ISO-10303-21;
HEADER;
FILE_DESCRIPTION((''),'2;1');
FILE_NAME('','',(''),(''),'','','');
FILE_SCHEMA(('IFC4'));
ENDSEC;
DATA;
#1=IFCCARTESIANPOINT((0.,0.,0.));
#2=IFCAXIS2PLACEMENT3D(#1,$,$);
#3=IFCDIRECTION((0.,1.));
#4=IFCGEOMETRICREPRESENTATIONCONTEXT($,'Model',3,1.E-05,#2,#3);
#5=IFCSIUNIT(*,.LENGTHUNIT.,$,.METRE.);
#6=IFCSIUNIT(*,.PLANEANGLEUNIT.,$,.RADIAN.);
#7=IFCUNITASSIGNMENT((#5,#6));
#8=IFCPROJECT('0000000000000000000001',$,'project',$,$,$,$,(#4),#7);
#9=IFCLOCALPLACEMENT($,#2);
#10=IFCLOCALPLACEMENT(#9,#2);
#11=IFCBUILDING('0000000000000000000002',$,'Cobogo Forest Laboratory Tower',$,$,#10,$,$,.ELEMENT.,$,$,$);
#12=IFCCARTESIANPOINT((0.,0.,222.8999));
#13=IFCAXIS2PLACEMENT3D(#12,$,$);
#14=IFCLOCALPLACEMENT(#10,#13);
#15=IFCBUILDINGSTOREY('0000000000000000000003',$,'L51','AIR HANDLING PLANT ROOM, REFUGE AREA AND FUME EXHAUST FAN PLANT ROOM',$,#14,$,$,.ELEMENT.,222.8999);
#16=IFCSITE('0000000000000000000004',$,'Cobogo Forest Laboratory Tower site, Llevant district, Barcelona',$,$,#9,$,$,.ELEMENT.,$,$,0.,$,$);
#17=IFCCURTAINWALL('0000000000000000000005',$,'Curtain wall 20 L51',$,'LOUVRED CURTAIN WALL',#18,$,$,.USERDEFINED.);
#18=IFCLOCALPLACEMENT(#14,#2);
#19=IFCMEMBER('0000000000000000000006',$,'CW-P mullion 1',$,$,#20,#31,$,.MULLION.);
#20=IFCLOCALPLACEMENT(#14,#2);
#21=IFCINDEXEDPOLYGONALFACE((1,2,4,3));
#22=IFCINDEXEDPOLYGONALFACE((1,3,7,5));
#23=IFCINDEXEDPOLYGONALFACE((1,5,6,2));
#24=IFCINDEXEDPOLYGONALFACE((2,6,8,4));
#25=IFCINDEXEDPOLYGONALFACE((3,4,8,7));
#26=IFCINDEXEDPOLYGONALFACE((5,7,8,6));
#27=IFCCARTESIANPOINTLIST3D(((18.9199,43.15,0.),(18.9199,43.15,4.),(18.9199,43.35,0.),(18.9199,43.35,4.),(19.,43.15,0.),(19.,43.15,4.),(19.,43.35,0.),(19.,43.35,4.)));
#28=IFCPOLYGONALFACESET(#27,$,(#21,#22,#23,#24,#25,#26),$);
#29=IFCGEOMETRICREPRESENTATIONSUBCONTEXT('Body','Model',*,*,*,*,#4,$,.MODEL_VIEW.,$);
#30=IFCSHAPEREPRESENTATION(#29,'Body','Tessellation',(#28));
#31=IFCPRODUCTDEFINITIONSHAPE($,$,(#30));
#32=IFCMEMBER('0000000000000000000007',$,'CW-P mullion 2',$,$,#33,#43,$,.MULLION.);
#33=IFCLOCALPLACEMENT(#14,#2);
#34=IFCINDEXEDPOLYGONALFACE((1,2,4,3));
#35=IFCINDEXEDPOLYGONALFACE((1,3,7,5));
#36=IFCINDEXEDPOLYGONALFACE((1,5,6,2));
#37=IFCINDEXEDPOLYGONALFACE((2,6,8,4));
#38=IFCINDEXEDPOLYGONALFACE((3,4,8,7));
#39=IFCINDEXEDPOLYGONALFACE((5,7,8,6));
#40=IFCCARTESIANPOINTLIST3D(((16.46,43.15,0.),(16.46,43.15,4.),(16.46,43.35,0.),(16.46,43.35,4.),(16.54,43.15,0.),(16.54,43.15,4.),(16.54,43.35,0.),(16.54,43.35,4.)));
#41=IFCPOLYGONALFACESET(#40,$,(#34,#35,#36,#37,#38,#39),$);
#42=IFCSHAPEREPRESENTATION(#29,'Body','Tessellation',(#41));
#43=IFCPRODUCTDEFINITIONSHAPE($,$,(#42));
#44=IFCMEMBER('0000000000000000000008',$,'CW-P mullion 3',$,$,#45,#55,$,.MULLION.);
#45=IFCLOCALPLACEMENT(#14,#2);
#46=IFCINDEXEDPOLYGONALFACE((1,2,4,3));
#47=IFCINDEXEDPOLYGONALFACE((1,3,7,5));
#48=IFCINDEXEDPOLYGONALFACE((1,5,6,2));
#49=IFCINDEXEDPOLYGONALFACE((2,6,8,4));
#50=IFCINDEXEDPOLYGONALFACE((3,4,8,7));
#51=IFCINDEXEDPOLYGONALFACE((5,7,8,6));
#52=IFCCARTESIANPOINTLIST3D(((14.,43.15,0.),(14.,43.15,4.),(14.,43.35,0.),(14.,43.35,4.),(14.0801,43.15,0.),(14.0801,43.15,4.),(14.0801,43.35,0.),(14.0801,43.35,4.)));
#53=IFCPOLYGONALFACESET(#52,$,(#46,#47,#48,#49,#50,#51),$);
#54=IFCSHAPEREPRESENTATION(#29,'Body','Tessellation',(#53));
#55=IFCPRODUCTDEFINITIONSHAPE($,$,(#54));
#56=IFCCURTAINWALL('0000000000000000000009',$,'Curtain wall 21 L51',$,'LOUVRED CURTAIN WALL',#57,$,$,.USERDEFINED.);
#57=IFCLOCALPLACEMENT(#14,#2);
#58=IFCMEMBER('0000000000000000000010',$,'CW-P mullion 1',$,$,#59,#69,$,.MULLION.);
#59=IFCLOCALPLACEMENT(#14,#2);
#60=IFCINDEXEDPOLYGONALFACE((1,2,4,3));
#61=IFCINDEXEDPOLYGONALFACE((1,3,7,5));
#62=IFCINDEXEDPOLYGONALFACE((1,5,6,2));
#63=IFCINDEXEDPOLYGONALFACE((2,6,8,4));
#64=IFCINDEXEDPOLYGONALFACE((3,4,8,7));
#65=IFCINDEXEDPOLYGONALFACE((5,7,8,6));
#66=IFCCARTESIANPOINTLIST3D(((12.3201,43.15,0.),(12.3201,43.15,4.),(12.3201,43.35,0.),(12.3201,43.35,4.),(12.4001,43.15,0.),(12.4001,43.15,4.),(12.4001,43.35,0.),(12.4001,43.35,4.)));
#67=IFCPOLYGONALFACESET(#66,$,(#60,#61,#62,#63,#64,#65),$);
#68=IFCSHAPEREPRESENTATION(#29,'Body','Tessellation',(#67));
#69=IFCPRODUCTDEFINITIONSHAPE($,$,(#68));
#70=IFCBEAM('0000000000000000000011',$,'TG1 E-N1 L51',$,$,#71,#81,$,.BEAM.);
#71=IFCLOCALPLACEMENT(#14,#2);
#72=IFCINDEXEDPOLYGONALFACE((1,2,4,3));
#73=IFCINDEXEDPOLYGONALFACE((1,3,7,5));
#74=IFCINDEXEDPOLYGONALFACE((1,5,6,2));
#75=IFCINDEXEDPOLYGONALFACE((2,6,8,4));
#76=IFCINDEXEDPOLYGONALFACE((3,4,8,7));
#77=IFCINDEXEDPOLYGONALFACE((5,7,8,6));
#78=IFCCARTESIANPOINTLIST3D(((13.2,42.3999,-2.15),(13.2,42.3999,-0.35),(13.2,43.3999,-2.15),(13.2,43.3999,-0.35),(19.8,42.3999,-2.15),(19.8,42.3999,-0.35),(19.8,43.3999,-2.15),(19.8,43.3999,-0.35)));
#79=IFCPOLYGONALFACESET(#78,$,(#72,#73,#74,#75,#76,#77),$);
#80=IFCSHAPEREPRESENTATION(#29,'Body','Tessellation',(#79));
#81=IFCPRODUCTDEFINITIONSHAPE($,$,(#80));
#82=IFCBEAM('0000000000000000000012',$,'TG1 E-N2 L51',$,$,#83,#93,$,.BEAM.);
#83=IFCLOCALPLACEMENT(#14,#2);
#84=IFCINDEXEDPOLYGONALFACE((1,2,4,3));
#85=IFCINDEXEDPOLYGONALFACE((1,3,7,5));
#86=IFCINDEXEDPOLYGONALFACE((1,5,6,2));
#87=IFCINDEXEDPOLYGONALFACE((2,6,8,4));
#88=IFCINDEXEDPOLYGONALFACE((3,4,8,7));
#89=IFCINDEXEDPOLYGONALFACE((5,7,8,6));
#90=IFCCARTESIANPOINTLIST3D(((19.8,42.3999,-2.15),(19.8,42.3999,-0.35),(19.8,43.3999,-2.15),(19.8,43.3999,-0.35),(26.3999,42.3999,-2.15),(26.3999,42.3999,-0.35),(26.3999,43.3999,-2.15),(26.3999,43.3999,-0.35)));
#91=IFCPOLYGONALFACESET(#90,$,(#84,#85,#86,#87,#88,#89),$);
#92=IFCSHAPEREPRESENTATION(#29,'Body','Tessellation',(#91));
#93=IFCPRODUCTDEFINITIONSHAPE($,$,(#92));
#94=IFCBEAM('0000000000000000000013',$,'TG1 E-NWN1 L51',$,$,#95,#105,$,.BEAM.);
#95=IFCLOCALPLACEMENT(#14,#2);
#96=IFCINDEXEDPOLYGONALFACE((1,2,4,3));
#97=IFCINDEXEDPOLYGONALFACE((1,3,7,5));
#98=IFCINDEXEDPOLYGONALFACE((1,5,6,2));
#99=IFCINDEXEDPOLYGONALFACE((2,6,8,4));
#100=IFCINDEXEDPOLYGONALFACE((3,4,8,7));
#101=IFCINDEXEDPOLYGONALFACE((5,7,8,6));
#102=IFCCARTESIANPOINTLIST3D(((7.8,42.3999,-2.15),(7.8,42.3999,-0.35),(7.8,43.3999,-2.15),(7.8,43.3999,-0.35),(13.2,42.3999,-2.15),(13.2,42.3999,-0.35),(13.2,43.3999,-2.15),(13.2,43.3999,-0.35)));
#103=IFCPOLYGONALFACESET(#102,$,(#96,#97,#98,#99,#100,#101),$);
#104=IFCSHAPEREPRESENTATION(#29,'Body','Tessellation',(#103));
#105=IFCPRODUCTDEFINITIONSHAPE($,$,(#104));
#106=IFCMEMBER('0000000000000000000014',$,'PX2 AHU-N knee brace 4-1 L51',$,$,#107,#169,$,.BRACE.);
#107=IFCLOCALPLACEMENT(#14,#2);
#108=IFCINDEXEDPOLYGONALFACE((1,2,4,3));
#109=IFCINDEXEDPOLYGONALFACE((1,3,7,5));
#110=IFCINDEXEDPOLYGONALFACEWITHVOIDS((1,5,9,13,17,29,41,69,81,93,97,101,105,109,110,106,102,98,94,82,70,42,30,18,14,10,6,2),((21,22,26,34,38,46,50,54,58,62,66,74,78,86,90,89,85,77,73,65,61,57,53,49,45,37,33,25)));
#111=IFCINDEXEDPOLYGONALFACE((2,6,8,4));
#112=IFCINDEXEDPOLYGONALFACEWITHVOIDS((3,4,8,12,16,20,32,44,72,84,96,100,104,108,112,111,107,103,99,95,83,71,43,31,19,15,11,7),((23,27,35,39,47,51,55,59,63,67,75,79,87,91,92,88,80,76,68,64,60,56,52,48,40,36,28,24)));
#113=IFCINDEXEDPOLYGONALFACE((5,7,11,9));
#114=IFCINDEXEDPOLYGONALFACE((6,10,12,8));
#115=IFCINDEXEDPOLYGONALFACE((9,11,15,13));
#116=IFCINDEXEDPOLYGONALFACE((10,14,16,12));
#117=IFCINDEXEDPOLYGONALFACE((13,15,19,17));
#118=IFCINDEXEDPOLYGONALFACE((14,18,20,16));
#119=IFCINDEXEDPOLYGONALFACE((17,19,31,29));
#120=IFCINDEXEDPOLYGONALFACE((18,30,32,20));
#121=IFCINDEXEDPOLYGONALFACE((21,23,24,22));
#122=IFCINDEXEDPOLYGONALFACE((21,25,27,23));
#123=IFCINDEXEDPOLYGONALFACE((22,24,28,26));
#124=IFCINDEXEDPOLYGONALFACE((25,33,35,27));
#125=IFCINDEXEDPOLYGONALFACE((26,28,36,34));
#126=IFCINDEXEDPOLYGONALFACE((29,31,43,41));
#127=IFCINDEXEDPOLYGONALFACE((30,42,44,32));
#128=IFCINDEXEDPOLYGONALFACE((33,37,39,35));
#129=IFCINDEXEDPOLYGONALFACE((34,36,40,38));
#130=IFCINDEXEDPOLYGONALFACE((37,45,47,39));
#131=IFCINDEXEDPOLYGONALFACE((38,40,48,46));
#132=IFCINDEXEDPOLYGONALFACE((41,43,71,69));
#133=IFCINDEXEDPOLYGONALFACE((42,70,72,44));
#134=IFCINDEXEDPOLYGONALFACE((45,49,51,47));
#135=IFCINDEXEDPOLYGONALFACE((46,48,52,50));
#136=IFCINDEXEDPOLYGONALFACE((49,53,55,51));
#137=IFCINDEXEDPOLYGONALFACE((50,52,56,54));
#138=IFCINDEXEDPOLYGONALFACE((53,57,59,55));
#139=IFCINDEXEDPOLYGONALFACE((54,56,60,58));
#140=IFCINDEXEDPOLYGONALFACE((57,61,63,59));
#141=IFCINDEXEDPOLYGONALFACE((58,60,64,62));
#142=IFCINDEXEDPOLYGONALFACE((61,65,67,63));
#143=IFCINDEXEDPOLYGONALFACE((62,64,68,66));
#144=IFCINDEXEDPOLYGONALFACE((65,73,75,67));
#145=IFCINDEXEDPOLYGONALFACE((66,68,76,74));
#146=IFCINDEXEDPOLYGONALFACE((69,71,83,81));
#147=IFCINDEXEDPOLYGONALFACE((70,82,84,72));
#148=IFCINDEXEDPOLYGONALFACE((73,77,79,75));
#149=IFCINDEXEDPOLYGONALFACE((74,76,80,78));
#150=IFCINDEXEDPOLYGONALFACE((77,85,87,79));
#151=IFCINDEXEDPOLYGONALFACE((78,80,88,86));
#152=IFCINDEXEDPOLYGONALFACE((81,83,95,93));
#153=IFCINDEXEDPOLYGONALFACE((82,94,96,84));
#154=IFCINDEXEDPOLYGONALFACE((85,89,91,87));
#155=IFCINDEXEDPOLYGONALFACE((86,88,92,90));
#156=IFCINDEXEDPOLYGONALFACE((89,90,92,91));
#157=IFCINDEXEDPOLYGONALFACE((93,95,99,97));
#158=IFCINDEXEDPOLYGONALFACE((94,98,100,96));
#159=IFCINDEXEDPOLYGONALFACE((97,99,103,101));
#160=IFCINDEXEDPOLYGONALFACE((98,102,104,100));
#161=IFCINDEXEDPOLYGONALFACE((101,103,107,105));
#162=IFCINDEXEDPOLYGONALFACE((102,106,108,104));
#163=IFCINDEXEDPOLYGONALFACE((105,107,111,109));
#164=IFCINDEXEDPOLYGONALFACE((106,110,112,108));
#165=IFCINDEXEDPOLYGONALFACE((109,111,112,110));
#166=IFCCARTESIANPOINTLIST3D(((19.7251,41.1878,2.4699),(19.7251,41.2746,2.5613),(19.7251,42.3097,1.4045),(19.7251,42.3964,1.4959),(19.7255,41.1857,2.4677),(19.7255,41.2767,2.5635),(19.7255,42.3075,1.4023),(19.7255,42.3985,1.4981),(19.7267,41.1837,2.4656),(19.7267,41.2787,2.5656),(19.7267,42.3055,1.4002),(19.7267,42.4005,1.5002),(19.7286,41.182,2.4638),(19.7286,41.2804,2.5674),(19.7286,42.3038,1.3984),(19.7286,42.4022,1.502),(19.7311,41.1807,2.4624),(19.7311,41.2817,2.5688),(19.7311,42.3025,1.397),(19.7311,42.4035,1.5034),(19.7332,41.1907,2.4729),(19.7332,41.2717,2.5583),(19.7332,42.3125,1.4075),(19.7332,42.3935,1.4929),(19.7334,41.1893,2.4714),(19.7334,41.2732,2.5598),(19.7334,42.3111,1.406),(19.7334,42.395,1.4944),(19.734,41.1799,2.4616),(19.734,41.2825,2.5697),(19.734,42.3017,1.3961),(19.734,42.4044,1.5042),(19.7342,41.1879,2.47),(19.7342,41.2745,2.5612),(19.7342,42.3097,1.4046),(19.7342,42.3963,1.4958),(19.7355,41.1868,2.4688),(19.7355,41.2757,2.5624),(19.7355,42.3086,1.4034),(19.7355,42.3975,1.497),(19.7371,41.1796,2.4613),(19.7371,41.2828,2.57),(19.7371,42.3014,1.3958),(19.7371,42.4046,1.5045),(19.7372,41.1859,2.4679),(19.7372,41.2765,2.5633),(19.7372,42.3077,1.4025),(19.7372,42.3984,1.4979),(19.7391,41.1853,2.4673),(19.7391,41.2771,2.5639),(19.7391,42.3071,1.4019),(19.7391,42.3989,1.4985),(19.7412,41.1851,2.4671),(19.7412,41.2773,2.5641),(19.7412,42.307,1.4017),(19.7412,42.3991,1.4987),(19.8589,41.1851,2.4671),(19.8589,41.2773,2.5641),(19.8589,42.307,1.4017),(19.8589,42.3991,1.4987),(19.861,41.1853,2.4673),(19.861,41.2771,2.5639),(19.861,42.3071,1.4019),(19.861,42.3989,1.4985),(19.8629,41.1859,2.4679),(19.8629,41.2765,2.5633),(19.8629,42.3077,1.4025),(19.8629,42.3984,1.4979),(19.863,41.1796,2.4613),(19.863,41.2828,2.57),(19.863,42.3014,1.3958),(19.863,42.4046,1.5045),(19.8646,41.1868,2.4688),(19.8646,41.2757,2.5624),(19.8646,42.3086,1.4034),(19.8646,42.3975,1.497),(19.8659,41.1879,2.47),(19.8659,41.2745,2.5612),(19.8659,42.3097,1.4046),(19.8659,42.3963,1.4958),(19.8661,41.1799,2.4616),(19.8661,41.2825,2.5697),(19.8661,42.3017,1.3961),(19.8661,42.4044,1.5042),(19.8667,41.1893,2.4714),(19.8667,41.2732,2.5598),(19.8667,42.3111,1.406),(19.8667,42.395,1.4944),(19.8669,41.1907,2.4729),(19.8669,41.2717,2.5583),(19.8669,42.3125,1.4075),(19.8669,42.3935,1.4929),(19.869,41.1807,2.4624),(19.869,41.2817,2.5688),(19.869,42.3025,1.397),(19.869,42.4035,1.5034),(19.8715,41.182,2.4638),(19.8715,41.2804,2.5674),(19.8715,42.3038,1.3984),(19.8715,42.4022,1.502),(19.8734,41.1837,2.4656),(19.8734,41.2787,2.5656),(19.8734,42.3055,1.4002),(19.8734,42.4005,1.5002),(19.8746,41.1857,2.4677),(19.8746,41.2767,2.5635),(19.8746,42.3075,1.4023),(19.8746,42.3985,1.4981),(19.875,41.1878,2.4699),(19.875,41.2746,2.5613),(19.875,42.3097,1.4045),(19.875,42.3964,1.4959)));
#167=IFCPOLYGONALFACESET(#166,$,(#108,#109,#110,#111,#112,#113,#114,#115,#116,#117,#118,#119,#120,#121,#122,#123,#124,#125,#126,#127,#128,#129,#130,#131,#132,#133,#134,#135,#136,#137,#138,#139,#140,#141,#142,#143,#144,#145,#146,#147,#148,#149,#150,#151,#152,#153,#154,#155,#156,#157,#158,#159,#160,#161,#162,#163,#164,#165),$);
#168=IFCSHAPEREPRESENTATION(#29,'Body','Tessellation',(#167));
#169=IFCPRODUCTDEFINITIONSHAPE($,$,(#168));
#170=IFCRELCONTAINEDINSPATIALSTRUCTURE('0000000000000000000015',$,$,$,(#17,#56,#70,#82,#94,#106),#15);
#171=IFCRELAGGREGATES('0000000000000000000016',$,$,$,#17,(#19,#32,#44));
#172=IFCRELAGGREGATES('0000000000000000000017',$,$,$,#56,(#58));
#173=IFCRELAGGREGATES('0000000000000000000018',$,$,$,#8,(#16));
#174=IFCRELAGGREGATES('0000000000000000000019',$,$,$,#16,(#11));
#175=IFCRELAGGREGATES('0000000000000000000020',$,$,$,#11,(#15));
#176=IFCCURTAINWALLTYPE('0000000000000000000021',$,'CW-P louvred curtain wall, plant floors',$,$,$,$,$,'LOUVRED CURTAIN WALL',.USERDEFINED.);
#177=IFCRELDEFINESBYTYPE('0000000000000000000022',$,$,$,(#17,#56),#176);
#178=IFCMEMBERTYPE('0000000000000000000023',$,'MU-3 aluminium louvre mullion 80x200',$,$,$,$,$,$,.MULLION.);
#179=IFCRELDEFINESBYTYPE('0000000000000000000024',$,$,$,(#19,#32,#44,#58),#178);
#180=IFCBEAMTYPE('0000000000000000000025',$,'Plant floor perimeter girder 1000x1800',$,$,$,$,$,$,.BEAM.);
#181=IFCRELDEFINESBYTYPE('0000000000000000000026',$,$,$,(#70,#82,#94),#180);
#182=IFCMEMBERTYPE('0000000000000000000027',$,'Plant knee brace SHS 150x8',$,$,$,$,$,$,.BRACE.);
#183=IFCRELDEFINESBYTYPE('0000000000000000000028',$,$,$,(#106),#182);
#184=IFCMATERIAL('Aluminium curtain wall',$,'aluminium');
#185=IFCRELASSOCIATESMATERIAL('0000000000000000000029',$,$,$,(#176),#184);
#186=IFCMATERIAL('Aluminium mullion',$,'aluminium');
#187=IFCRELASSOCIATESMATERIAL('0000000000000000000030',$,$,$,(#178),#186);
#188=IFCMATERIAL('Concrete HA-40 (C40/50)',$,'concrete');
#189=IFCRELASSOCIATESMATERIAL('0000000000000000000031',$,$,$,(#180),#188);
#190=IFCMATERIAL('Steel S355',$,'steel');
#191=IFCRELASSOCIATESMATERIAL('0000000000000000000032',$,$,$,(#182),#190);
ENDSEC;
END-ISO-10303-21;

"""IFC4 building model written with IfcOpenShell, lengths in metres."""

from ifc_helpers import new_model, si_unit, direction, frame, origin, origin_2d, place, context, subcontext, project, spatial, rectangle, hollow_rectangle, extrude, material, material_profile, profile_set, type_object, element, aggregate, save


model = new_model("IFC4")

# Units and contexts
model_context = context("Model", 3, precision=1e-05, world=origin(), true_north=direction((0.0, 1.0)))
body_context = subcontext(model_context, "Body", "Model", "MODEL_VIEW")
ifc_project = project(units=[si_unit("LENGTHUNIT", "METRE"), si_unit("PLANEANGLEUNIT", "RADIAN")], contexts=[model_context])

# Site, building, storey
site_placement = place(None, origin())
site = spatial("IfcSite", under=ifc_project, at=site_placement, Name="Cobogo Forest Laboratory Tower site, Llevant district, Barcelona", CompositionType="ELEMENT", RefElevation=0.0)
building_placement = place(site_placement, origin())
building = spatial("IfcBuilding", under=site, at=building_placement, Name="Cobogo Forest Laboratory Tower", CompositionType="ELEMENT")
storey_placement = place(building_placement, frame((0.0, 0.0, 222.8999)))
storey = spatial("IfcBuildingStorey", under=building, at=storey_placement, Name="L51", Description="AIR HANDLING PLANT ROOM, REFUGE AREA AND FUME EXHAUST FAN PLANT ROOM", CompositionType="ELEMENT", Elevation=222.8999)

# Curtain wall, members
ifc_material_1 = material(Name="Aluminium curtain wall", Category="aluminium")
curtain_wall_type = type_object("IfcCurtainWallType", Name="CW-P louvred curtain wall, plant floors", ElementType="LOUVRED CURTAIN WALL", PredefinedType="USERDEFINED", material=ifc_material_1)
ifc_material_2 = material(Name="Aluminium mullion", Category="aluminium")
ifc_material_profile_1 = material_profile(ifc_material_2, rectangle(XDim=0.0801, YDim=0.2, at=origin_2d()), Name="AL 80x200")
ifc_profile_set_1 = profile_set([ifc_material_profile_1], Name="Aluminium mullion")
member_type_1 = type_object("IfcMemberType", Name="MU-3 aluminium louvre mullion 80x200", PredefinedType="MULLION", material=ifc_profile_set_1)
curtain_wall_1_placement = place(storey_placement, origin())
curtain_wall_1 = element("IfcCurtainWall", 1, at=curtain_wall_1_placement, inside=storey, type_object=curtain_wall_type, Name="Curtain wall 20 L51", ObjectType="LOUVRED CURTAIN WALL", PredefinedType="USERDEFINED")
member_1_placement = place(storey_placement, frame((18.96, 43.25, 0.0), z_axis=(0.0, 0.0, 1.0), x_axis=(-1.0, 0.0, 0.0)))
member_1 = element("IfcMember", 2, at=member_1_placement, type_object=member_type_1, Name="CW-P mullion 1", PredefinedType="MULLION", context=body_context, shape_type="SweptSolid", body=[
    extrude(rectangle(XDim=0.0801, YDim=0.2, at=origin_2d()), origin(), (0.0, 0.0, 1.0), 4.0),
])
member_2_placement = place(storey_placement, frame((16.5, 43.25, 0.0), z_axis=(0.0, 0.0, 1.0), x_axis=(-1.0, 0.0, 0.0)))
member_2 = element("IfcMember", 3, at=member_2_placement, type_object=member_type_1, Name="CW-P mullion 2", PredefinedType="MULLION", context=body_context, shape_type="SweptSolid", body=[
    extrude(rectangle(XDim=0.0801, YDim=0.2, at=origin_2d()), origin(), (0.0, 0.0, 1.0), 4.0),
])
member_3_placement = place(storey_placement, frame((14.04, 43.25, 0.0), z_axis=(0.0, 0.0, 1.0), x_axis=(-1.0, 0.0, 0.0)))
member_3 = element("IfcMember", 4, at=member_3_placement, type_object=member_type_1, Name="CW-P mullion 3", PredefinedType="MULLION", context=body_context, shape_type="SweptSolid", body=[
    extrude(rectangle(XDim=0.0801, YDim=0.2, at=origin_2d()), origin(), (0.0, 0.0, 1.0), 4.0),
])

# Curtain wall, member
curtain_wall_2_placement = place(storey_placement, origin())
curtain_wall_2 = element("IfcCurtainWall", 5, at=curtain_wall_2_placement, inside=storey, type_object=curtain_wall_type, Name="Curtain wall 21 L51", ObjectType="LOUVRED CURTAIN WALL", PredefinedType="USERDEFINED")
member_4_placement = place(storey_placement, frame((12.3601, 43.25, 0.0), z_axis=(0.0, 0.0, 1.0), x_axis=(-1.0, 0.0, 0.0)))
member_4 = element("IfcMember", 6, at=member_4_placement, type_object=member_type_1, Name="CW-P mullion 1", PredefinedType="MULLION", context=body_context, shape_type="SweptSolid", body=[
    extrude(rectangle(XDim=0.0801, YDim=0.2, at=origin_2d()), origin(), (0.0, 0.0, 1.0), 4.0),
])

# Beams
ifc_material_3 = material(Name="Concrete HA-40 (C40/50)", Category="concrete")
ifc_material_profile_2 = material_profile(ifc_material_3, rectangle(XDim=1.0, YDim=1.8, at=origin_2d()), Name="RC 1000x1800")
ifc_profile_set_2 = profile_set([ifc_material_profile_2], Name="Concrete HA-40 (C40/50)")
beam_type_1 = type_object("IfcBeamType", Name="Plant floor perimeter girder 1000x1800", PredefinedType="BEAM", material=ifc_profile_set_2)
beam_1_placement = place(storey_placement, frame((13.2, 42.8999, -1.25), z_axis=(1.0, 0.0, 0.0), x_axis=(0.0, 1.0, 0.0)))
element("IfcBeam", 7, at=beam_1_placement, inside=storey, type_object=beam_type_1, Name="TG1 E-N1 L51", PredefinedType="BEAM", context=body_context, shape_type="SweptSolid", body=[
    extrude(rectangle(XDim=1.0, YDim=1.8, at=origin_2d()), origin(), (0.0, 0.0, 1.0), 6.6001),
])
beam_2_placement = place(storey_placement, frame((19.8, 42.8999, -1.25), z_axis=(1.0, 0.0, 0.0), x_axis=(0.0, 1.0, 0.0)))
element("IfcBeam", 8, at=beam_2_placement, inside=storey, type_object=beam_type_1, Name="TG1 E-N2 L51", PredefinedType="BEAM", context=body_context, shape_type="SweptSolid", body=[
    extrude(rectangle(XDim=1.0, YDim=1.8, at=origin_2d()), origin(), (0.0, 0.0, 1.0), 6.5999),
])
beam_3_placement = place(storey_placement, frame((13.2, 42.8999, -1.25), z_axis=(-1.0, 0.0, 0.0), x_axis=(0.0, -1.0, 0.0)))
element("IfcBeam", 9, at=beam_3_placement, inside=storey, type_object=beam_type_1, Name="TG1 E-NWN1 L51", PredefinedType="BEAM", context=body_context, shape_type="SweptSolid", body=[
    extrude(rectangle(XDim=1.0, YDim=1.8, at=origin_2d()), origin(), (0.0, 0.0, 1.0), 5.3999),
])

# Member
ifc_material_4 = material(Name="Steel S355", Category="steel")
ifc_material_profile_3 = material_profile(ifc_material_4, hollow_rectangle(XDim=0.1499, YDim=0.1499, WallThickness=0.0081, InnerFilletRadius=0.0081, OuterFilletRadius=0.012, at=origin_2d()), Name="SHS 150x8")
ifc_profile_set_3 = profile_set([ifc_material_profile_3], Name="Steel S355")
member_type_2 = type_object("IfcMemberType", Name="Plant knee brace SHS 150x8", PredefinedType="BRACE", material=ifc_profile_set_3)
member_5_placement = place(storey_placement, frame((19.8, 42.353, 1.4502), z_axis=(0.0, -0.725098, 0.688646), x_axis=(1.0, 0.0, 0.0)))
element("IfcMember", 10, at=member_5_placement, inside=storey, type_object=member_type_2, Name="PX2 AHU-N knee brace 4-1 L51", PredefinedType="BRACE", context=body_context, shape_type="SweptSolid", body=[
    extrude(hollow_rectangle(XDim=0.1499, YDim=0.1499, WallThickness=0.0081, InnerFilletRadius=0.0081, OuterFilletRadius=0.012, at=origin_2d()), origin(), (0.0, 0.0, 1.0), 1.5471),
])

aggregate(curtain_wall_1, [member_1, member_2, member_3])
aggregate(curtain_wall_2, [member_4])

save(model, "model.ifc")
